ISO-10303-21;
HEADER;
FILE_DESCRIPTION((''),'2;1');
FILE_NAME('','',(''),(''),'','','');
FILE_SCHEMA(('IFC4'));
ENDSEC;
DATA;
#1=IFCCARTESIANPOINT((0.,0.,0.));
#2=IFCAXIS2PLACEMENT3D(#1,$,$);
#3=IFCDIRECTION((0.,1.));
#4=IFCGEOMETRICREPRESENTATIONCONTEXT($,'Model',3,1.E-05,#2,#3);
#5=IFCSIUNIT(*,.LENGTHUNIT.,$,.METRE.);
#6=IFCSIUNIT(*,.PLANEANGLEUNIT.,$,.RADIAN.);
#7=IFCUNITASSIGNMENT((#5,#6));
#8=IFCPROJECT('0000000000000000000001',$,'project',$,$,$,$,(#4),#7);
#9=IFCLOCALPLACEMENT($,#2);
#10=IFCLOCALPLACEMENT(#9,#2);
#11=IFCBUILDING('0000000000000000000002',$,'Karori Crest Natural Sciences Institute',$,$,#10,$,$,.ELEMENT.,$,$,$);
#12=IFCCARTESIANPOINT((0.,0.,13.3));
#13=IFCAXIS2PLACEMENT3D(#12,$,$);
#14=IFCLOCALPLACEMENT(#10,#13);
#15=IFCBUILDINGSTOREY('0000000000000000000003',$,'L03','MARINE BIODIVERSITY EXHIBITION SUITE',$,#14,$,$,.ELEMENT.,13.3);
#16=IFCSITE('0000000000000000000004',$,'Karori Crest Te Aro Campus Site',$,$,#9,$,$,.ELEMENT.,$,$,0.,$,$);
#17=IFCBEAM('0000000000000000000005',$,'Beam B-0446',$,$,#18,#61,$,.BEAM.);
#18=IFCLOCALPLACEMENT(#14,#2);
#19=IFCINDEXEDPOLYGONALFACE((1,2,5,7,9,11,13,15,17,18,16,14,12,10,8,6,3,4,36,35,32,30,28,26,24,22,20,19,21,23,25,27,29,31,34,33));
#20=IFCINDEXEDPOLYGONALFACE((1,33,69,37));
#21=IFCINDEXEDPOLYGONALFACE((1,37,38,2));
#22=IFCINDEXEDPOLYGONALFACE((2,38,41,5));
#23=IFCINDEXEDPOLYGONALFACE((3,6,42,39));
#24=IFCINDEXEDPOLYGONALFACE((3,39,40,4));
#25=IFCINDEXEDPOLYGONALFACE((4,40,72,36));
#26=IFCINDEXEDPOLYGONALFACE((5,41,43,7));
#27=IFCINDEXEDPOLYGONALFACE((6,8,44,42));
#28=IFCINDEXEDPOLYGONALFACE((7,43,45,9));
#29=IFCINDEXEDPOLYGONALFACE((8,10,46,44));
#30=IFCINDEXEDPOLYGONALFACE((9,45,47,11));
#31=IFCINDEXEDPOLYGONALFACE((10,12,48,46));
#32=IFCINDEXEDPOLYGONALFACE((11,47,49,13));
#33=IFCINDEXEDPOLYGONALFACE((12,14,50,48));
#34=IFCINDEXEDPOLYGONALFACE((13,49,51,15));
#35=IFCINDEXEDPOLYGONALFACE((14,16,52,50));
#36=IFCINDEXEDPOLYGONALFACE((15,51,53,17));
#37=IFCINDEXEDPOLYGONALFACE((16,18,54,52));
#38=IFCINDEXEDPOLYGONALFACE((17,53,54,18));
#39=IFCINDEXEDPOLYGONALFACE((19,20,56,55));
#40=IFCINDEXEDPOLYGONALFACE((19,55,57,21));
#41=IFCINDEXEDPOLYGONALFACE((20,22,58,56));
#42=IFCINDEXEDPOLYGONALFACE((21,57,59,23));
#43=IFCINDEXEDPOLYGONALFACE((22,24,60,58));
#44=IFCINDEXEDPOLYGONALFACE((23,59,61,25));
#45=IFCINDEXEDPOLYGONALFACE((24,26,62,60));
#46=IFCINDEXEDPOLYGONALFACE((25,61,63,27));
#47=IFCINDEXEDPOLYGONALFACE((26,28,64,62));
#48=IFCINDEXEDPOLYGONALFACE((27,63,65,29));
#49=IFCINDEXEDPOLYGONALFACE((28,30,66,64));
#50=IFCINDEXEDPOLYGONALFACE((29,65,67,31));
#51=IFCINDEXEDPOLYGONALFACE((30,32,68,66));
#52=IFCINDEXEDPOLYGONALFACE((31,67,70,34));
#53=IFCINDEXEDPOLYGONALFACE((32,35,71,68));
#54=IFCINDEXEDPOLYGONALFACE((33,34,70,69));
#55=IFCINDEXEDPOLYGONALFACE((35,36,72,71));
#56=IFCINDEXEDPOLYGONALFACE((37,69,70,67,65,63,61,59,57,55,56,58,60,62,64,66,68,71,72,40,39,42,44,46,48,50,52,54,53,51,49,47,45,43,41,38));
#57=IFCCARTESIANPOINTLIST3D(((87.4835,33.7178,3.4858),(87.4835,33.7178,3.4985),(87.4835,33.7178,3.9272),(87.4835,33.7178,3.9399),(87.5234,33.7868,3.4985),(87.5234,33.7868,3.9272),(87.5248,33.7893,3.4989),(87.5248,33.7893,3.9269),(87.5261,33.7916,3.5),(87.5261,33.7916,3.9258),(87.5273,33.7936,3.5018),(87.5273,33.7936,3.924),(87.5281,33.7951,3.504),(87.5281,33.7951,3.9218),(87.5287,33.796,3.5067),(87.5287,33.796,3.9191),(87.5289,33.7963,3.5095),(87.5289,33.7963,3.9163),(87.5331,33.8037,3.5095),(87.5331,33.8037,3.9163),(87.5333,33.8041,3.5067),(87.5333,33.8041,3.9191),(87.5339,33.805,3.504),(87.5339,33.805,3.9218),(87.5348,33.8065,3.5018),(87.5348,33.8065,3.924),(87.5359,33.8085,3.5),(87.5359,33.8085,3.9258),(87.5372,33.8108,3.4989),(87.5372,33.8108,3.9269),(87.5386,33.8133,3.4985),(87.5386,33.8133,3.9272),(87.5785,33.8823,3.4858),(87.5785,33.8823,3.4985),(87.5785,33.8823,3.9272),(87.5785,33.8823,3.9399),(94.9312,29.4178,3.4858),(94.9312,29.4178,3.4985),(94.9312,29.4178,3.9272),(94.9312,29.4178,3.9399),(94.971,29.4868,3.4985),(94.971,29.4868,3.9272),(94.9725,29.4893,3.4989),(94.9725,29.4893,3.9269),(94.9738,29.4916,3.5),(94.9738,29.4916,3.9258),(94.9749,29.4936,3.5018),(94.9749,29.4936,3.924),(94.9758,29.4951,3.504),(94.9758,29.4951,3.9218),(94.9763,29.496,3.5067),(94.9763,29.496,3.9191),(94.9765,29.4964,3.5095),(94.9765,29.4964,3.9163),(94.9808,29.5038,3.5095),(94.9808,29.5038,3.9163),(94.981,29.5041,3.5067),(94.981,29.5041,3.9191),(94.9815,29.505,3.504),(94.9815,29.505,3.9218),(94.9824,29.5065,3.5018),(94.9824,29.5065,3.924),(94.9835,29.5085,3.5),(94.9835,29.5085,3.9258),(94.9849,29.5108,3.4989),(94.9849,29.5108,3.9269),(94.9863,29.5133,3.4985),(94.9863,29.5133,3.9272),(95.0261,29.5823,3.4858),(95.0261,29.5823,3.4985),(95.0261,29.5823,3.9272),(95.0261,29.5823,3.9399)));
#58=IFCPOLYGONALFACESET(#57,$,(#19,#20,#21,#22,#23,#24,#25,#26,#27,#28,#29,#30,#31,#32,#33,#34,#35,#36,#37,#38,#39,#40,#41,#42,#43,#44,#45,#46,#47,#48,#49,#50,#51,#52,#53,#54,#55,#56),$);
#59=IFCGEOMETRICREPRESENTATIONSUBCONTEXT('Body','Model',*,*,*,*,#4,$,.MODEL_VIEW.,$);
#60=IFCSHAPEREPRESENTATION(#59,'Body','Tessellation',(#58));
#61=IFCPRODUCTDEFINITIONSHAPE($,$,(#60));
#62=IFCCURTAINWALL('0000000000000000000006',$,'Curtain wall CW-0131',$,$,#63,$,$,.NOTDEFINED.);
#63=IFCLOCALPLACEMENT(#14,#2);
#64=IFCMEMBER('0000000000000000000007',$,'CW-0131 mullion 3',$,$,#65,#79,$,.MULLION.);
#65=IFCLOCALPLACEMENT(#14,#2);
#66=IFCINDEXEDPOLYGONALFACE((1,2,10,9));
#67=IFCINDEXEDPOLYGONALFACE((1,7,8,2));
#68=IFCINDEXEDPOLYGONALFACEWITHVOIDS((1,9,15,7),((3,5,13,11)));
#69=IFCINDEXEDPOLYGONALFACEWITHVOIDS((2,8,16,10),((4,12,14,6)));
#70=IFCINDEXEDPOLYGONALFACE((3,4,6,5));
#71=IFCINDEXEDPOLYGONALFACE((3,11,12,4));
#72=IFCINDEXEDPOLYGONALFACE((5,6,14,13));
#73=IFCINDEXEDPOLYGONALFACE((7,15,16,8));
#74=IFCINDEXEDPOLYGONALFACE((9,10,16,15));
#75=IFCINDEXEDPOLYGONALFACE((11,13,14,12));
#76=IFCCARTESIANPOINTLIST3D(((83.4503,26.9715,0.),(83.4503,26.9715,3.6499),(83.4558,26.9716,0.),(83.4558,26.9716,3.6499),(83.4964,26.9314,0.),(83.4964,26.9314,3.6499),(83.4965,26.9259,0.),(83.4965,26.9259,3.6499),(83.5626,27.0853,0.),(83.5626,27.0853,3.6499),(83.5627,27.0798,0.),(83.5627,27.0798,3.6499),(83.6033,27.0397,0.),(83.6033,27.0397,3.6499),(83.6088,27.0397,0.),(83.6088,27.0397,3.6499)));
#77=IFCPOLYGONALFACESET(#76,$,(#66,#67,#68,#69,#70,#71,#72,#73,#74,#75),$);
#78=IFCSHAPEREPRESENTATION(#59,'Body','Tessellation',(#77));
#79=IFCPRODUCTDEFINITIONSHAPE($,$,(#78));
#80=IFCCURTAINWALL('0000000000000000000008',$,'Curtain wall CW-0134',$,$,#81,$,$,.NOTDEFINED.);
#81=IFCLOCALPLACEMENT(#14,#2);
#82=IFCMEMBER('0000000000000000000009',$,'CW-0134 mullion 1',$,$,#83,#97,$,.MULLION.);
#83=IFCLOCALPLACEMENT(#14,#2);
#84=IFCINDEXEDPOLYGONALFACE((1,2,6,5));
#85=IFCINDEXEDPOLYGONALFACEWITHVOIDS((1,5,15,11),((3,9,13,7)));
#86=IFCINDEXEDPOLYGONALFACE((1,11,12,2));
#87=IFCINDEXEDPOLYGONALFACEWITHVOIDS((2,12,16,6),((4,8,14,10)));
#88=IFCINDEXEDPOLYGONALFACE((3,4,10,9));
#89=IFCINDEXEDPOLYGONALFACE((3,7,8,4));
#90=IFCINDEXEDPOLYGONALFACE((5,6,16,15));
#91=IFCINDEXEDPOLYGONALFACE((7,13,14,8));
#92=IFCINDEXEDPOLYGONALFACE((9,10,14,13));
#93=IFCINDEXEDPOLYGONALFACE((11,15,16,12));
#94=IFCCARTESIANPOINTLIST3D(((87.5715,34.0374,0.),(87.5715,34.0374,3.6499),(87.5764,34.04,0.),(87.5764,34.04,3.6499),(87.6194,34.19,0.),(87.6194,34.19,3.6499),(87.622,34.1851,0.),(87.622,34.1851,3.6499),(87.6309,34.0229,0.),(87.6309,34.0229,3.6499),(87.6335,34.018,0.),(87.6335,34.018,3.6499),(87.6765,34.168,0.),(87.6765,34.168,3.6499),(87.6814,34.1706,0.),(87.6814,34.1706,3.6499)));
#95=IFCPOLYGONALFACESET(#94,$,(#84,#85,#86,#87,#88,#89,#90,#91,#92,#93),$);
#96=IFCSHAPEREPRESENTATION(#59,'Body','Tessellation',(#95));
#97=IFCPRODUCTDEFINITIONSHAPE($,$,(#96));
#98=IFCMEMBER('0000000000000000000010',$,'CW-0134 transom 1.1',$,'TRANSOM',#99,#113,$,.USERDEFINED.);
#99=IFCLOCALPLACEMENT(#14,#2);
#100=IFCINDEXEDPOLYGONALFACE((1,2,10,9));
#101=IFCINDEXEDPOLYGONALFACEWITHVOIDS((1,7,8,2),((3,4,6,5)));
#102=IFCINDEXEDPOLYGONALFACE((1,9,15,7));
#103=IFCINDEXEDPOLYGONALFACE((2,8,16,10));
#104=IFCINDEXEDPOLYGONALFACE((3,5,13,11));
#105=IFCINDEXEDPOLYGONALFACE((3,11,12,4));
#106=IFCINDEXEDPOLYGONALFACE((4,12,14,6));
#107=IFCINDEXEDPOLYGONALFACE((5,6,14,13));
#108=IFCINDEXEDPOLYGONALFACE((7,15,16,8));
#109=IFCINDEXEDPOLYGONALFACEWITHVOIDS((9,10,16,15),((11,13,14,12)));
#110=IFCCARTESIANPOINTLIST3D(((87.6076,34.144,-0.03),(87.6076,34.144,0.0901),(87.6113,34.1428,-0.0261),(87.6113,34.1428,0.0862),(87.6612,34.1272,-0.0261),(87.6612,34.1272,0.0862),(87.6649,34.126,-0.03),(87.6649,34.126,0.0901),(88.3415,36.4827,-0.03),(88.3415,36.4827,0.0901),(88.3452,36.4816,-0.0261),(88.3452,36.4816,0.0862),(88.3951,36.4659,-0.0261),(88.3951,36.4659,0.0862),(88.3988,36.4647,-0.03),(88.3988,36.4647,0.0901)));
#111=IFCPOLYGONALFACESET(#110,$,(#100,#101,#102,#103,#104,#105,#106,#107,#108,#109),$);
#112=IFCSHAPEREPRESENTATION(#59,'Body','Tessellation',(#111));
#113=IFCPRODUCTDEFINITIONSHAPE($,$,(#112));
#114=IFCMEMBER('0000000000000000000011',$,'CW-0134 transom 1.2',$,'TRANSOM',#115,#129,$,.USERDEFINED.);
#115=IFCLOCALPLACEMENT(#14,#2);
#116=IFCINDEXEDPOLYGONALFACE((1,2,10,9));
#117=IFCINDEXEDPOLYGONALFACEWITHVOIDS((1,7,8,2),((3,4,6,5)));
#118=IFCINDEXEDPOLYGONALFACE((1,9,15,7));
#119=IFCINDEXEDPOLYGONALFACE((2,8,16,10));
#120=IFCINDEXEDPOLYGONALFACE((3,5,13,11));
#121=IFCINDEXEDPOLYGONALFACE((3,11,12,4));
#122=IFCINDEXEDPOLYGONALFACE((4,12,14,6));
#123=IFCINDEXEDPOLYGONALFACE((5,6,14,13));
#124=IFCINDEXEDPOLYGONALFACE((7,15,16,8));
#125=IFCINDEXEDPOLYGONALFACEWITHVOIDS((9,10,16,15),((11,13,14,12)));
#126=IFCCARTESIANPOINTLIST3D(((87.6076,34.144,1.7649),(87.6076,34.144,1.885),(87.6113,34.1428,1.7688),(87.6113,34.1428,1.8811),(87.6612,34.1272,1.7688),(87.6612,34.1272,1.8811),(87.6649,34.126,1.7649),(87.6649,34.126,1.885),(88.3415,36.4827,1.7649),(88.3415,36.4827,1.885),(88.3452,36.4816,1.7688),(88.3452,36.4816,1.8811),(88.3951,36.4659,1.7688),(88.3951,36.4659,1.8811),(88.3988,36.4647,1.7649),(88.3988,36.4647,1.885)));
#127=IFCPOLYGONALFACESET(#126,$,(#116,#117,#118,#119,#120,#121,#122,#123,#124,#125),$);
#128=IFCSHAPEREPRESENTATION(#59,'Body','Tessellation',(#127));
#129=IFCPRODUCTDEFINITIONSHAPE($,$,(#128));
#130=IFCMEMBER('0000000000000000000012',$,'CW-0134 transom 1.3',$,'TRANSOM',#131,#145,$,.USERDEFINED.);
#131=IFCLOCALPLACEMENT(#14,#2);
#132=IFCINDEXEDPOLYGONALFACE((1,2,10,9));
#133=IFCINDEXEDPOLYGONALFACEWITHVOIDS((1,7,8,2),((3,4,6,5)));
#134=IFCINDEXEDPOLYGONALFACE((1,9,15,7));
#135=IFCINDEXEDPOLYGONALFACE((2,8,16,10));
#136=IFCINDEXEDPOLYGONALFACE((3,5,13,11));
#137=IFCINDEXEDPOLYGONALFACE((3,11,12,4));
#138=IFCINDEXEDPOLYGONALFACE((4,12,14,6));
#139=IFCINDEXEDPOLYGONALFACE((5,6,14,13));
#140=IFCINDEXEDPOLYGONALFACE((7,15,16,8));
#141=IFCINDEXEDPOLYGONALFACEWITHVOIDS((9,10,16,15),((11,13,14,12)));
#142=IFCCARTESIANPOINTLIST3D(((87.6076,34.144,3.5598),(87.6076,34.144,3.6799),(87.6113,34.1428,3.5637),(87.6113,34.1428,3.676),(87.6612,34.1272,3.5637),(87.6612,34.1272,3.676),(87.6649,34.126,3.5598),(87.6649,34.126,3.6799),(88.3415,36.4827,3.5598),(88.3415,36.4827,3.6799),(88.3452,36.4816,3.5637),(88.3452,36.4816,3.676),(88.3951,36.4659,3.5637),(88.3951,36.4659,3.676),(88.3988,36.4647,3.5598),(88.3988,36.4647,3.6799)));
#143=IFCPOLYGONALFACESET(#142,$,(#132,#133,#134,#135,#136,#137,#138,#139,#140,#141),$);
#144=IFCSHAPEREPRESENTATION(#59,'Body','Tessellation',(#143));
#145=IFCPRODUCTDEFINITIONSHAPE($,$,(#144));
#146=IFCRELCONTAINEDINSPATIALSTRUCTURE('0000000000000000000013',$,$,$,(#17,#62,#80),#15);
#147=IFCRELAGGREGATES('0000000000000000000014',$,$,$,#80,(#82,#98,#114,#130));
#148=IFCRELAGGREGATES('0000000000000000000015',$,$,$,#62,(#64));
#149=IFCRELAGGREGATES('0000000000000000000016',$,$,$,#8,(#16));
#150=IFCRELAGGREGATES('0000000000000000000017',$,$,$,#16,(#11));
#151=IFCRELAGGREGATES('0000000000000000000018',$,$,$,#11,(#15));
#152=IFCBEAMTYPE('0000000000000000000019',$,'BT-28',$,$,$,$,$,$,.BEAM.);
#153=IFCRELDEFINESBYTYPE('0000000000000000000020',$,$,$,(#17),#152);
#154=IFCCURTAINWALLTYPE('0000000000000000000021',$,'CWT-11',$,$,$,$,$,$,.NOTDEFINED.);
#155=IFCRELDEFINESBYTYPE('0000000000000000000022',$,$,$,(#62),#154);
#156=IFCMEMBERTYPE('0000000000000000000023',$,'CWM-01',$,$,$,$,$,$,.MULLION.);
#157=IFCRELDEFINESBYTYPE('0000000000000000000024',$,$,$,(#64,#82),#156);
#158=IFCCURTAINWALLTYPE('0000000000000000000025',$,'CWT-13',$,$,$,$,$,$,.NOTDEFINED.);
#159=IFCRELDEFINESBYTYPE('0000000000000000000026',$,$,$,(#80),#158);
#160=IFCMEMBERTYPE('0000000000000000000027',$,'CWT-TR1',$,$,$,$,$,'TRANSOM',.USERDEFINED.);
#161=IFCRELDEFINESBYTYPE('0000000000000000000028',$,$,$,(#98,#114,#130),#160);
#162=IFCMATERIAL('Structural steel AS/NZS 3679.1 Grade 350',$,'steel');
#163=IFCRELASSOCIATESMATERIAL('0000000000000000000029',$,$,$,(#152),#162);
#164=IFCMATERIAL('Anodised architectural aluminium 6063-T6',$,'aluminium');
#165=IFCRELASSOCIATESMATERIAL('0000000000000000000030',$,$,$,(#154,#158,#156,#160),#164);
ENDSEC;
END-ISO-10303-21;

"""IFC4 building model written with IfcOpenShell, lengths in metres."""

from ifc_helpers import new_model, si_unit, direction, frame, origin, origin_2d, place, context, subcontext, project, spatial, hollow_rectangle, i_section, extrude, material, material_profile, profile_set, type_object, element, aggregate, save


model = new_model("IFC4")

# Units and contexts
model_context = context("Model", 3, precision=1e-05, world=origin(), true_north=direction((0.0, 1.0)))
body_context = subcontext(model_context, "Body", "Model", "MODEL_VIEW")
ifc_project = project(units=[si_unit("LENGTHUNIT", "METRE"), si_unit("PLANEANGLEUNIT", "RADIAN")], contexts=[model_context])

# Site, building, storey
site_placement = place(None, origin())
site = spatial("IfcSite", under=ifc_project, at=site_placement, Name="Karori Crest Te Aro Campus Site", CompositionType="ELEMENT", RefElevation=0.0)
building_placement = place(site_placement, origin())
building = spatial("IfcBuilding", under=site, at=building_placement, Name="Karori Crest Natural Sciences Institute", CompositionType="ELEMENT")
storey_placement = place(building_placement, frame((0.0, 0.0, 13.3)))
storey = spatial("IfcBuildingStorey", under=building, at=storey_placement, Name="L03", Description="MARINE BIODIVERSITY EXHIBITION SUITE", CompositionType="ELEMENT", Elevation=13.3)

# Shared definitions
ifc_material_1 = material(Name="Structural steel AS/NZS 3679.1 Grade 350", Category="steel")

# Beam
ifc_material_profile_1 = material_profile(ifc_material_1, i_section(OverallWidth=0.1899, OverallDepth=0.4541, WebThickness=0.0085, FlangeThickness=0.0127, FilletRadius=0.011, at=origin_2d()), Name="460UB67.1")
ifc_profile_set_1 = profile_set([ifc_material_profile_1], Name="Structural steel AS/NZS 3679.1 Grade 350")
beam_type_1 = type_object("IfcBeamType", Name="BT-28", PredefinedType="BEAM", material=ifc_profile_set_1)
beam_1_placement = place(storey_placement, frame((87.531, 33.8, 3.7129), z_axis=(0.866021, -0.500008, 0.0), x_axis=(0.500008, 0.866021, 0.0)))
element("IfcBeam", 1, at=beam_1_placement, inside=storey, type_object=beam_type_1, Name="Beam B-0446", PredefinedType="BEAM", context=body_context, shape_type="SweptSolid", body=[
    extrude(i_section(OverallWidth=0.1899, OverallDepth=0.4541, WebThickness=0.0085, FlangeThickness=0.0127, FilletRadius=0.011, at=origin_2d()), origin(), (0.0, 0.0, 1.0), 8.5999),
])

# Curtain wall, member
ifc_material_2 = material(Name="Anodised architectural aluminium 6063-T6", Category="aluminium")
curtain_wall_type_1 = type_object("IfcCurtainWallType", Name="CWT-11", PredefinedType="NOTDEFINED", material=ifc_material_2)
curtain_wall_1_placement = place(storey_placement, origin())
curtain_wall_1 = element("IfcCurtainWall", 2, at=curtain_wall_1_placement, inside=storey, type_object=curtain_wall_type_1, Name="Curtain wall CW-0131", PredefinedType="NOTDEFINED")
ifc_material_profile_2 = material_profile(ifc_material_2, hollow_rectangle(XDim=0.0649, YDim=0.1599, WallThickness=0.0039, at=origin_2d()), Name="CWM160x65x4")
ifc_profile_set_2 = profile_set([ifc_material_profile_2], Name="Anodised architectural aluminium 6063-T6")
member_type_1 = type_object("IfcMemberType", Name="CWM-01", PredefinedType="MULLION", material=ifc_profile_set_2)
member_1_placement = place(storey_placement, frame((83.5295, 27.0056, 0.0), z_axis=(0.0, 0.0, 1.0), x_axis=(-0.711525, 0.702661, 0.0)))
member_1 = element("IfcMember", 3, at=member_1_placement, type_object=member_type_1, Name="CW-0131 mullion 3", PredefinedType="MULLION", context=body_context, shape_type="SweptSolid", body=[
    extrude(hollow_rectangle(XDim=0.0649, YDim=0.1599, WallThickness=0.0039, at=origin_2d()), origin(), (0.0, 0.0, 1.0), 3.6499),
])

# Curtain wall, members
curtain_wall_type_2 = type_object("IfcCurtainWallType", Name="CWT-13", PredefinedType="NOTDEFINED", material=ifc_material_2)
curtain_wall_2_placement = place(storey_placement, origin())
curtain_wall_2 = element("IfcCurtainWall", 4, at=curtain_wall_2_placement, inside=storey, type_object=curtain_wall_type_2, Name="Curtain wall CW-0134", PredefinedType="NOTDEFINED")
member_2_placement = place(storey_placement, frame((87.6265, 34.104, 0.0), z_axis=(0.0, 0.0, 1.0), x_axis=(-0.954104, 0.299475, 0.0)))
member_2 = element("IfcMember", 5, at=member_2_placement, type_object=member_type_1, Name="CW-0134 mullion 1", PredefinedType="MULLION", context=body_context, shape_type="SweptSolid", body=[
    extrude(hollow_rectangle(XDim=0.0649, YDim=0.1599, WallThickness=0.0039, at=origin_2d()), origin(), (0.0, 0.0, 1.0), 3.6499),
])
ifc_material_profile_3 = material_profile(ifc_material_2, hollow_rectangle(XDim=0.0601, YDim=0.1201, WallThickness=0.0039, at=origin_2d()), Name="CWT120x60x4")
ifc_profile_set_3 = profile_set([ifc_material_profile_3], Name="Anodised architectural aluminium 6063-T6")
member_type_2 = type_object("IfcMemberType", Name="CWT-TR1", ElementType="TRANSOM", PredefinedType="USERDEFINED", material=ifc_profile_set_3)
member_3_placement = place(storey_placement, frame((87.6362, 34.135, 0.03), z_axis=(0.299415, 0.954123, 0.0), x_axis=(-0.954123, 0.299415, 0.0)))
member_3 = element("IfcMember", 6, at=member_3_placement, type_object=member_type_2, Name="CW-0134 transom 1.1", ObjectType="TRANSOM", PredefinedType="USERDEFINED", context=body_context, shape_type="SweptSolid", body=[
    extrude(hollow_rectangle(XDim=0.0601, YDim=0.1201, WallThickness=0.0039, at=origin_2d()), origin(), (0.0, 0.0, 1.0), 2.4512),
])
member_4_placement = place(storey_placement, frame((87.6362, 34.135, 1.825), z_axis=(0.299415, 0.954123, 0.0), x_axis=(-0.954123, 0.299415, 0.0)))
member_4 = element("IfcMember", 7, at=member_4_placement, type_object=member_type_2, Name="CW-0134 transom 1.2", ObjectType="TRANSOM", PredefinedType="USERDEFINED", context=body_context, shape_type="SweptSolid", body=[
    extrude(hollow_rectangle(XDim=0.0601, YDim=0.1201, WallThickness=0.0039, at=origin_2d()), origin(), (0.0, 0.0, 1.0), 2.4512),
])
member_5_placement = place(storey_placement, frame((87.6362, 34.135, 3.6199), z_axis=(0.299415, 0.954123, 0.0), x_axis=(-0.954123, 0.299415, 0.0)))
member_5 = element("IfcMember", 8, at=member_5_placement, type_object=member_type_2, Name="CW-0134 transom 1.3", ObjectType="TRANSOM", PredefinedType="USERDEFINED", context=body_context, shape_type="SweptSolid", body=[
    extrude(hollow_rectangle(XDim=0.0601, YDim=0.1201, WallThickness=0.0039, at=origin_2d()), origin(), (0.0, 0.0, 1.0), 2.4512),
])
aggregate(curtain_wall_2, [member_2, member_3, member_4, member_5])

aggregate(curtain_wall_1, [member_1])

save(model, "model.ifc")
